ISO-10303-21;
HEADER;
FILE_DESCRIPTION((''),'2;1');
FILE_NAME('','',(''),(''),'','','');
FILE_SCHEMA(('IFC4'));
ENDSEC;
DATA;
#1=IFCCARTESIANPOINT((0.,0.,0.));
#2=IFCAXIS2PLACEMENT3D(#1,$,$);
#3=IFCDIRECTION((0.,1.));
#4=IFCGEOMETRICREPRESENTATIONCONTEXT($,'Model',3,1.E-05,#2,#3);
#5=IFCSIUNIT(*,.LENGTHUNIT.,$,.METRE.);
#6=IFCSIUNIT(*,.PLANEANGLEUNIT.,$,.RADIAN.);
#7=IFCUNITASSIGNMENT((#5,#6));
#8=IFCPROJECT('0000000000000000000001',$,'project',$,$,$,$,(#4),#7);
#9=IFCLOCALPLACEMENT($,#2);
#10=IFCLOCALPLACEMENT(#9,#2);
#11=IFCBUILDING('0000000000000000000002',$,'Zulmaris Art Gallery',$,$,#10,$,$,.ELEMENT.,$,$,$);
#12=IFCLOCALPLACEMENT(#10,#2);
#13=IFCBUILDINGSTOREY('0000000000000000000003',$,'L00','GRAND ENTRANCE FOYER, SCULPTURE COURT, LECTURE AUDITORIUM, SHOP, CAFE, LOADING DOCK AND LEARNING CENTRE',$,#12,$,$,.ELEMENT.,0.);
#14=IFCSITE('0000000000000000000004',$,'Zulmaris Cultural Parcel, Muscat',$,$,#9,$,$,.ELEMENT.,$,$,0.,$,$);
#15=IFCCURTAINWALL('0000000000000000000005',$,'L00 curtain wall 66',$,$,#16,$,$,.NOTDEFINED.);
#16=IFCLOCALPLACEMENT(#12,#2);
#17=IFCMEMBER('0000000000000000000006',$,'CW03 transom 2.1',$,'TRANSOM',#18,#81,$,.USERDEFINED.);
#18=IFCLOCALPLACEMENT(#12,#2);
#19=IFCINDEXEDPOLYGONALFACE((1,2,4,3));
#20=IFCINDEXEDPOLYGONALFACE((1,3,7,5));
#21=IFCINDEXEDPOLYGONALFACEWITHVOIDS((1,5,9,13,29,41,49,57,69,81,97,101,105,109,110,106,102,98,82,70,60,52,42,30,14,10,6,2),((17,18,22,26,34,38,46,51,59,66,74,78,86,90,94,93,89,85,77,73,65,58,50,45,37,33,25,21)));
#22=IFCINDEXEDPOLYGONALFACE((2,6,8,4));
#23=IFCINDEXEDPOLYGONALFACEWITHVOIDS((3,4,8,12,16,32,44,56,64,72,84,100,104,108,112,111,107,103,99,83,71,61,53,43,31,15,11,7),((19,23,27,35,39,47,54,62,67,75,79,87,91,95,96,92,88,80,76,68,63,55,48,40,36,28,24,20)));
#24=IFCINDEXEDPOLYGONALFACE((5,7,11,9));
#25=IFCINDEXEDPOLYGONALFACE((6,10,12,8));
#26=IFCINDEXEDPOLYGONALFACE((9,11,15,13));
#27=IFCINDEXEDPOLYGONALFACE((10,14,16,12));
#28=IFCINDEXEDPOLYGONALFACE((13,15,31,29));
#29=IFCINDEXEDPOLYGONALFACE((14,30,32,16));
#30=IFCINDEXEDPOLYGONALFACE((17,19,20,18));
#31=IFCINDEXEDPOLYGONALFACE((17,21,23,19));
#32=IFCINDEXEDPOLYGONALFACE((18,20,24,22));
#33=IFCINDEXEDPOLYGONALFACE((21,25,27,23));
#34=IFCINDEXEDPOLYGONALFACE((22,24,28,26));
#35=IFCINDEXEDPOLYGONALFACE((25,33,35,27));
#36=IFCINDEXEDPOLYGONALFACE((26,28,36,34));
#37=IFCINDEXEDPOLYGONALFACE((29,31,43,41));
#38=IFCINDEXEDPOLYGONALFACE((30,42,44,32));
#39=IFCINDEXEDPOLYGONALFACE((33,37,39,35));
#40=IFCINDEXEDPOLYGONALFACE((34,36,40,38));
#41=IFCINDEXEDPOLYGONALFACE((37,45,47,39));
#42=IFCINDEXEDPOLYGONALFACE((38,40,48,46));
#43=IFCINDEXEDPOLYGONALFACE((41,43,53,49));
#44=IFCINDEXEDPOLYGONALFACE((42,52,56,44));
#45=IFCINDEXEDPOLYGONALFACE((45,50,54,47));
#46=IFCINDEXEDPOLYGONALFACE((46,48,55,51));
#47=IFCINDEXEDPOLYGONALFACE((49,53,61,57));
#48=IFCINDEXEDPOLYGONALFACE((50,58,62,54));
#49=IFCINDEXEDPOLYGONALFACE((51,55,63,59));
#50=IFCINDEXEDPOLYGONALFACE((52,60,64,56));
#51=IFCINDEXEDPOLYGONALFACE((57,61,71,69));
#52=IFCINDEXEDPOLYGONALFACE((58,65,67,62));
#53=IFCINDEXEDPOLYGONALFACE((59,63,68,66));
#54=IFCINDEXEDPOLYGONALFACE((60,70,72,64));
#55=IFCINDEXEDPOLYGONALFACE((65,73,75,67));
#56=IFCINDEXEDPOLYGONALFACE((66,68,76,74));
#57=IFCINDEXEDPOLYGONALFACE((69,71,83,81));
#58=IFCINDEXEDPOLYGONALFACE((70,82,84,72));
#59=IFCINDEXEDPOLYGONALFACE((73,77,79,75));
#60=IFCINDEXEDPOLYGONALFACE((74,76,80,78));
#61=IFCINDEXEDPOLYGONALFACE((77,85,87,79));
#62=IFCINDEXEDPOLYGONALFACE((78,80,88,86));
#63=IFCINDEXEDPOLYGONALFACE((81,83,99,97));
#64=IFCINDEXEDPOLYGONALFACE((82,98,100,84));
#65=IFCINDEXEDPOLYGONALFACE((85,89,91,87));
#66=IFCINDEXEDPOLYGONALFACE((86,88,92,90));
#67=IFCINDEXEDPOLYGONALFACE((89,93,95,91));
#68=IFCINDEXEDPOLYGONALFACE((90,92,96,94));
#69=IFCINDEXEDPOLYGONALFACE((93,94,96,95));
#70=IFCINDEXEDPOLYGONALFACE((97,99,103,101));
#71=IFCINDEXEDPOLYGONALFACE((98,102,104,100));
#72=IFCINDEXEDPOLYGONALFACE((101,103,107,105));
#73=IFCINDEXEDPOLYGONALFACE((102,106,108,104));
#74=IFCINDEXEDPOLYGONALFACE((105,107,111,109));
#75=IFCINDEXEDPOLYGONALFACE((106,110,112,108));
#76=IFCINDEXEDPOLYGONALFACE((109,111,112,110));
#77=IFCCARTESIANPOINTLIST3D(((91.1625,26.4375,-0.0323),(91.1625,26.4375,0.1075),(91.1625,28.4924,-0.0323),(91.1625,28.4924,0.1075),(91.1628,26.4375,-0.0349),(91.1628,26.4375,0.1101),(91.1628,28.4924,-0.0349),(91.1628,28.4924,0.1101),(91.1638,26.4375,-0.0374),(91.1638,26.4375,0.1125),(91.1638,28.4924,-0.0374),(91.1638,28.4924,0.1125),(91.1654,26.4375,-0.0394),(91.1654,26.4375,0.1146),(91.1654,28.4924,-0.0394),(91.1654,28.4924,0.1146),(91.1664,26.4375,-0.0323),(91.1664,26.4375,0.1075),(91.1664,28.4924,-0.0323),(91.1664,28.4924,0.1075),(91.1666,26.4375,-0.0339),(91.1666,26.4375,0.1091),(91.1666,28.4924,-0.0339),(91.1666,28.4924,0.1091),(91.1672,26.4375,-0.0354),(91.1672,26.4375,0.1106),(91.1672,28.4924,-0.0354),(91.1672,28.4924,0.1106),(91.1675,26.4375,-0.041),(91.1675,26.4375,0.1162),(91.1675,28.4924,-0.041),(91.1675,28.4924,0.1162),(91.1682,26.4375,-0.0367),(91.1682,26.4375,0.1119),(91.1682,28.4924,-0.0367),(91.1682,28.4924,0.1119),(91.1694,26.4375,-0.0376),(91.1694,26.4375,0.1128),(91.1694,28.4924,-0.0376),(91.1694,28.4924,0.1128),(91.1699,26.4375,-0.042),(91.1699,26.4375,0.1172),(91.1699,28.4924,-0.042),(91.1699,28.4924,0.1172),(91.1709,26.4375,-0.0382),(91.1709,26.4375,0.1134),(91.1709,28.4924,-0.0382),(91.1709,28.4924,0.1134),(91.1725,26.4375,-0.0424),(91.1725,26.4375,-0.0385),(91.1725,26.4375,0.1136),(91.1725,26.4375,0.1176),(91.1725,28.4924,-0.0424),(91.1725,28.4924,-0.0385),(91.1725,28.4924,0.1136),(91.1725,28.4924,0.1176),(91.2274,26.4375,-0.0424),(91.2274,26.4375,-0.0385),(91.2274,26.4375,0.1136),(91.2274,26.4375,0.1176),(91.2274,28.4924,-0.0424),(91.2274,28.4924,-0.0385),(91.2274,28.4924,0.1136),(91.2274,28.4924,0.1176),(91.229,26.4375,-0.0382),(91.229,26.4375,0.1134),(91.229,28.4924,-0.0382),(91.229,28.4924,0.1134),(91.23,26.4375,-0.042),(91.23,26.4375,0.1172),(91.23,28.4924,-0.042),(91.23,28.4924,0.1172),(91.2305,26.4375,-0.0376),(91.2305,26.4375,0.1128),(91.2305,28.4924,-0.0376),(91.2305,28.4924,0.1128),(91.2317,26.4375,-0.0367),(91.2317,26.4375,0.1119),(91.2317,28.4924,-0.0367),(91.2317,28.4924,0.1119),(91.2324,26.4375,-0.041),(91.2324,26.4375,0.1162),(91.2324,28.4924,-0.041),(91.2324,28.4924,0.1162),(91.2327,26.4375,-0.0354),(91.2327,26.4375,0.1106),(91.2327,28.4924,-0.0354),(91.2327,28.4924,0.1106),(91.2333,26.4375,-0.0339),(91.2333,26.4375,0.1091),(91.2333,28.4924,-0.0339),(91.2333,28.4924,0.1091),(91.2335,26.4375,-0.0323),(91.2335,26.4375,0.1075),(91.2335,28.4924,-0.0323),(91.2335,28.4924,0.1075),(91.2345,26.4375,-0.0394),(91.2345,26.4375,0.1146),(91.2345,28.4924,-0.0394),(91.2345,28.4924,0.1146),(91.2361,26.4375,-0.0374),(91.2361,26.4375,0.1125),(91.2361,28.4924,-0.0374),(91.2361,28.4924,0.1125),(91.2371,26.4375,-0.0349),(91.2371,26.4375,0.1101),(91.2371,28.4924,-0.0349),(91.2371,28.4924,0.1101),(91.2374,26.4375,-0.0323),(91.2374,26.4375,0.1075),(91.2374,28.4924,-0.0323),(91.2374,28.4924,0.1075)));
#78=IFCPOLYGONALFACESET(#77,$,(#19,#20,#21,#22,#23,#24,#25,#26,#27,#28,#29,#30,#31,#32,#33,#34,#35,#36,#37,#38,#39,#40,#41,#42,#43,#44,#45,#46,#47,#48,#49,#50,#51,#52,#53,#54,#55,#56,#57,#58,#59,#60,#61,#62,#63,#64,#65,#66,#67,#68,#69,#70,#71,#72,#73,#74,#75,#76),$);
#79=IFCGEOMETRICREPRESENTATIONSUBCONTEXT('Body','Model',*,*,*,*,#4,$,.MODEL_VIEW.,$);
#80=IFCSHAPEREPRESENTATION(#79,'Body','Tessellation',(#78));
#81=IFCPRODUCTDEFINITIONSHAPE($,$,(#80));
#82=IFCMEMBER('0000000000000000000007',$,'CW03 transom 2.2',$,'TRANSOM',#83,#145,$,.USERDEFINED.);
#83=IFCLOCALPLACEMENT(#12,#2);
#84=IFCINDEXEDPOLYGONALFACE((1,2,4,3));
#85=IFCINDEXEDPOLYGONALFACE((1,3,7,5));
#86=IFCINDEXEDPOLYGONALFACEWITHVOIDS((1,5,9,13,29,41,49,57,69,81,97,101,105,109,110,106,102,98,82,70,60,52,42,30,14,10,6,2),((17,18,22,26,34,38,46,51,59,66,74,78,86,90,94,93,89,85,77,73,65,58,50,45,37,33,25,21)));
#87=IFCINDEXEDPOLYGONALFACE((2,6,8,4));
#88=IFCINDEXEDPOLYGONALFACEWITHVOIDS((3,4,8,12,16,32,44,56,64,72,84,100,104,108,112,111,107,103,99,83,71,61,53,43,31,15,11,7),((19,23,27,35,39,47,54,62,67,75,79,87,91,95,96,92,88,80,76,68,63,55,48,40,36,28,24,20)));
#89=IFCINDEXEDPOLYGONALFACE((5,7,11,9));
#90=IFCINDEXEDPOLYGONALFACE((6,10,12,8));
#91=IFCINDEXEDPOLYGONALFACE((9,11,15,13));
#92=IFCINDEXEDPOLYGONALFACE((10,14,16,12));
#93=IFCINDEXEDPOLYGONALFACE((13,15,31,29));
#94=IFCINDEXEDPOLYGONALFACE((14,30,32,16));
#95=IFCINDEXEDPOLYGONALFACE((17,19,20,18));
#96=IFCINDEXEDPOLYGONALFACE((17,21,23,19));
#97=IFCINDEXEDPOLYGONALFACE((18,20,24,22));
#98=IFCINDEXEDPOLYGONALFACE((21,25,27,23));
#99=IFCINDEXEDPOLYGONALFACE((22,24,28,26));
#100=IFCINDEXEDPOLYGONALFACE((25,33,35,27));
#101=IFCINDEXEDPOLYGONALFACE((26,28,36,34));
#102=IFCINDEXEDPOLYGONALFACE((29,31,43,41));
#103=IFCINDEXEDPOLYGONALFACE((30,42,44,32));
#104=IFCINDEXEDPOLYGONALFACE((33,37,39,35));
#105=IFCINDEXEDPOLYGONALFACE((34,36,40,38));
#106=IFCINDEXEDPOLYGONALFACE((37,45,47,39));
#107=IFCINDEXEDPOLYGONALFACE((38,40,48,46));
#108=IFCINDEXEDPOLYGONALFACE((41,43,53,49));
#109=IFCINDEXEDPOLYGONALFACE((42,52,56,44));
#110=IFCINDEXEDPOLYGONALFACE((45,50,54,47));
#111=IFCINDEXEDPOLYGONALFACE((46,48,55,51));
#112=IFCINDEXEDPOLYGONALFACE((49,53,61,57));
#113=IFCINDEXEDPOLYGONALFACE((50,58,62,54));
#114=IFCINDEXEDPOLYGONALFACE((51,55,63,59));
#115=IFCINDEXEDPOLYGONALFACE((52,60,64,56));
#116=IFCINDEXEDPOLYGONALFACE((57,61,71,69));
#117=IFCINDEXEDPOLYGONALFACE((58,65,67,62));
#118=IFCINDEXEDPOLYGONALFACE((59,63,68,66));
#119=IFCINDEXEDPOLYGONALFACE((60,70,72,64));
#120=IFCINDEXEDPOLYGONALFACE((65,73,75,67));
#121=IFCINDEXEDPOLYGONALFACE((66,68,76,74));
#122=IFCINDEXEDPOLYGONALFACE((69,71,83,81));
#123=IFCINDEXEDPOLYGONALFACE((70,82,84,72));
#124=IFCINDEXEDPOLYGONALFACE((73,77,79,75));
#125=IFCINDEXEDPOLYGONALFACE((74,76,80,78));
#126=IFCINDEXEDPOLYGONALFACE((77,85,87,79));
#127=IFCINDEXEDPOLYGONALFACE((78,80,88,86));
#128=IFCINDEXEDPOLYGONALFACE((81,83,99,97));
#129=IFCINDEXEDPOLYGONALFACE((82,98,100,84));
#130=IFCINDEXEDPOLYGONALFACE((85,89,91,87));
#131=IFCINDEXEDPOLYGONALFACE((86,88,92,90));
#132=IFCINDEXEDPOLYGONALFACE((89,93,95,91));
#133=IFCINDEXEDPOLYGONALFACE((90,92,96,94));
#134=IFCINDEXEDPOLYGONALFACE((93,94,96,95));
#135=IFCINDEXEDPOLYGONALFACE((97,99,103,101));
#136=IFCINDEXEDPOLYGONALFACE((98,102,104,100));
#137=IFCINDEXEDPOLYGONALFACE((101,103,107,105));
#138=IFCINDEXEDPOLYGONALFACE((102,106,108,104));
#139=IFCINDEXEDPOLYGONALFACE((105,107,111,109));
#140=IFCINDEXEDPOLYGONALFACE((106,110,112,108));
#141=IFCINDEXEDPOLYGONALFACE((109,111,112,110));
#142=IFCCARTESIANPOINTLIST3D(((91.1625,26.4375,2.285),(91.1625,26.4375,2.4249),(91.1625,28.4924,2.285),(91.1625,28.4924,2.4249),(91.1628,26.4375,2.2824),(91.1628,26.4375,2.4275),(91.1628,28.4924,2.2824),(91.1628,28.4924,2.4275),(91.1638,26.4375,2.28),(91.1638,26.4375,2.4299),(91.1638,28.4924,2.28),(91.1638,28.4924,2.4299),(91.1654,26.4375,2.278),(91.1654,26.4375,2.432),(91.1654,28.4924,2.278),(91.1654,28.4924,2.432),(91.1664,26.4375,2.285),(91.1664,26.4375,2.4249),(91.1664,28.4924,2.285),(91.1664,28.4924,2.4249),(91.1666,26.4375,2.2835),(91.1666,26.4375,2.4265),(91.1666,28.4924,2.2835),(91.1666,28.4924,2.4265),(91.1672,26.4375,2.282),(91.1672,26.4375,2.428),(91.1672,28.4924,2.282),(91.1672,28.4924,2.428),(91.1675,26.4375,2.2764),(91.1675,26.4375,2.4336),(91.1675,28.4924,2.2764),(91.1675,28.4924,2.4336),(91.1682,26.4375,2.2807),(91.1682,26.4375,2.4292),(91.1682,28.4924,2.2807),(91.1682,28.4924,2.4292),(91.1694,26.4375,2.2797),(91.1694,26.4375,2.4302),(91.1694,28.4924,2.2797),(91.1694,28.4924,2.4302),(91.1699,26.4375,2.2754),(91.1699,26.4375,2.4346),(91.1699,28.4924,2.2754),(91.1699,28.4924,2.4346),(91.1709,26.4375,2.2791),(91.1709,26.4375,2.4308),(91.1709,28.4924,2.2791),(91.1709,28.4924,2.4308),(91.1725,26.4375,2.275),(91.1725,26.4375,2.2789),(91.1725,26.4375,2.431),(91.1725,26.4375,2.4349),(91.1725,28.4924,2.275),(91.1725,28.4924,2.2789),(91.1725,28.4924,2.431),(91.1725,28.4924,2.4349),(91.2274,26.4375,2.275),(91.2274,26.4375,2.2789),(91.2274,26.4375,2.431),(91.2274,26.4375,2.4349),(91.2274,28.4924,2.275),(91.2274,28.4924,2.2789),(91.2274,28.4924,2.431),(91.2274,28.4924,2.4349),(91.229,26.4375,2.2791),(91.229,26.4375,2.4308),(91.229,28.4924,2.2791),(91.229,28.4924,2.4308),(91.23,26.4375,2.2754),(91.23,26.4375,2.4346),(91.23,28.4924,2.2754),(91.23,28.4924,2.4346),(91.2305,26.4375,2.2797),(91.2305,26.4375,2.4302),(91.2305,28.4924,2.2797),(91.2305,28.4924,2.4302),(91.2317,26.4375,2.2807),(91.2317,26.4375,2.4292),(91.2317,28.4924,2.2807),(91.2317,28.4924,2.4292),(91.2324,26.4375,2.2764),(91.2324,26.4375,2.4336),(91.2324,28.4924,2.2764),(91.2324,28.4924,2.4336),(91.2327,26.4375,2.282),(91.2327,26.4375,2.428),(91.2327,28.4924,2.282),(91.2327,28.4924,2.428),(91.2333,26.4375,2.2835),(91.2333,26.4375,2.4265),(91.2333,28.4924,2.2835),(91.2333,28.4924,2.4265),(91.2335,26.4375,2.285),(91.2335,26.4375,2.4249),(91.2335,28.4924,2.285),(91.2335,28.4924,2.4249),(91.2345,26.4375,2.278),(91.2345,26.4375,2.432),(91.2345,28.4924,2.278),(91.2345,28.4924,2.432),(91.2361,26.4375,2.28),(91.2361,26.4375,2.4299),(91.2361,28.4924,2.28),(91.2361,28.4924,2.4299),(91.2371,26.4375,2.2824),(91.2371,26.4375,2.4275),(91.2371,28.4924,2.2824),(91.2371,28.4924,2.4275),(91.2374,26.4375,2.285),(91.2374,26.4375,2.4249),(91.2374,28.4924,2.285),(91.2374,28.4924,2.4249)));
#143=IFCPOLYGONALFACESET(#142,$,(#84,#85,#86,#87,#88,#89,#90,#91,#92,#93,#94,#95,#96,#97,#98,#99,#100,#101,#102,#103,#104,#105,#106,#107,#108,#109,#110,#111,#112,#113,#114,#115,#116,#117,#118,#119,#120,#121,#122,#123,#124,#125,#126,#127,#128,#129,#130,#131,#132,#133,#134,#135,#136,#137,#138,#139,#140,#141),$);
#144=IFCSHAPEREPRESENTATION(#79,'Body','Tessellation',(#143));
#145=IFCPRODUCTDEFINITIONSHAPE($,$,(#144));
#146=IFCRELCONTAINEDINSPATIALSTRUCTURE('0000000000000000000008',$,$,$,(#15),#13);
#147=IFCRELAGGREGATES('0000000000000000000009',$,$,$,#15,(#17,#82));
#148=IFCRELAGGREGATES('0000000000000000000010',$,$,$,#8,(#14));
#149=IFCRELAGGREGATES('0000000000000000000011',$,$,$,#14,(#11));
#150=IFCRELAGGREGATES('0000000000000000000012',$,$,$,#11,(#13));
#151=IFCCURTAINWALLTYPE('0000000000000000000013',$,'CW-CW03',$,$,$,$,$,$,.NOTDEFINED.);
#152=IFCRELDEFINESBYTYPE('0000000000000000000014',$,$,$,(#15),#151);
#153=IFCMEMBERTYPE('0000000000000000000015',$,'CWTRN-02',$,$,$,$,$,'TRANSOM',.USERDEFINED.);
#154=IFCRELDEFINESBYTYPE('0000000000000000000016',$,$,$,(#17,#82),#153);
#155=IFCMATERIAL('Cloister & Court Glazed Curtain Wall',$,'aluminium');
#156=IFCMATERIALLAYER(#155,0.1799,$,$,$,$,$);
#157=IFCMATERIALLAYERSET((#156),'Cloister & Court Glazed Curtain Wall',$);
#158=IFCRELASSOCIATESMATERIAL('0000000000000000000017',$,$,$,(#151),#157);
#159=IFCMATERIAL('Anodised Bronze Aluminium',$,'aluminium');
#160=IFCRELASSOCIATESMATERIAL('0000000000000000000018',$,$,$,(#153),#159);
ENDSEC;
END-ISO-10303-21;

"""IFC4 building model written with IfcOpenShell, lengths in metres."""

from ifc_helpers import new_model, si_unit, direction, frame, origin, origin_2d, place, context, subcontext, project, spatial, hollow_rectangle, extrude, material, layer, layer_set, material_profile, profile_set, type_object, element, aggregate, save


model = new_model("IFC4")

# Units and contexts
model_context = context("Model", 3, precision=1e-05, world=origin(), true_north=direction((0.0, 1.0)))
body_context = subcontext(model_context, "Body", "Model", "MODEL_VIEW")
ifc_project = project(units=[si_unit("LENGTHUNIT", "METRE"), si_unit("PLANEANGLEUNIT", "RADIAN")], contexts=[model_context])

# Site, building, storey
site_placement = place(None, origin())
site = spatial("IfcSite", under=ifc_project, at=site_placement, Name="Zulmaris Cultural Parcel, Muscat", CompositionType="ELEMENT", RefElevation=0.0)
building_placement = place(site_placement, origin())
building = spatial("IfcBuilding", under=site, at=building_placement, Name="Zulmaris Art Gallery", CompositionType="ELEMENT")
storey_placement = place(building_placement, origin())
storey = spatial("IfcBuildingStorey", under=building, at=storey_placement, Name="L00", Description="GRAND ENTRANCE FOYER, SCULPTURE COURT, LECTURE AUDITORIUM, SHOP, CAFE, LOADING DOCK AND LEARNING CENTRE", CompositionType="ELEMENT", Elevation=0.0)

# Curtain wall
ifc_material_1 = material(Name="Cloister & Court Glazed Curtain Wall", Category="aluminium")
ifc_layer_1 = layer(ifc_material_1, 0.1799)
ifc_layer_set_1 = layer_set([ifc_layer_1], Name="Cloister & Court Glazed Curtain Wall")
curtain_wall_type = type_object("IfcCurtainWallType", Name="CW-CW03", PredefinedType="NOTDEFINED", material=ifc_layer_set_1)
curtain_wall_1_placement = place(storey_placement, origin())
curtain_wall_1 = element("IfcCurtainWall", 1, at=curtain_wall_1_placement, inside=storey, type_object=curtain_wall_type, Name="L00 curtain wall 66", PredefinedType="NOTDEFINED")
ifc_material_2 = material(Name="Anodised Bronze Aluminium", Category="aluminium")

# Members
ifc_material_profile_1 = material_profile(ifc_material_2, hollow_rectangle(XDim=0.075, YDim=0.1599, WallThickness=0.0039, InnerFilletRadius=0.0061, OuterFilletRadius=0.01, at=origin_2d()), Name="ALU 75x160x4")
ifc_profile_set_1 = profile_set([ifc_material_profile_1], Name="Anodised Bronze Aluminium")
member_type_1 = type_object("IfcMemberType", Name="CWTRN-02", ElementType="TRANSOM", PredefinedType="USERDEFINED", material=ifc_profile_set_1)
member_1_placement = place(storey_placement, frame((91.2, 28.4924, 0.0376), z_axis=(0.0, -1.0, 0.0), x_axis=(1.0, 0.0, 0.0)))
member_1 = element("IfcMember", 2, at=member_1_placement, type_object=member_type_1, Name="CW03 transom 2.1", ObjectType="TRANSOM", PredefinedType="USERDEFINED", context=body_context, shape_type="SweptSolid", body=[
    extrude(hollow_rectangle(XDim=0.075, YDim=0.1599, WallThickness=0.0039, InnerFilletRadius=0.0061, OuterFilletRadius=0.01, at=origin_2d()), origin(), (0.0, 0.0, 1.0), 2.0549),
])
member_2_placement = place(storey_placement, frame((91.2, 28.4924, 2.355), z_axis=(0.0, -1.0, 0.0), x_axis=(1.0, 0.0, 0.0)))
member_2 = element("IfcMember", 3, at=member_2_placement, type_object=member_type_1, Name="CW03 transom 2.2", ObjectType="TRANSOM", PredefinedType="USERDEFINED", context=body_context, shape_type="SweptSolid", body=[
    extrude(hollow_rectangle(XDim=0.075, YDim=0.1599, WallThickness=0.0039, InnerFilletRadius=0.0061, OuterFilletRadius=0.01, at=origin_2d()), origin(), (0.0, 0.0, 1.0), 2.0549),
])

aggregate(curtain_wall_1, [member_1, member_2])

save(model, "model.ifc")
